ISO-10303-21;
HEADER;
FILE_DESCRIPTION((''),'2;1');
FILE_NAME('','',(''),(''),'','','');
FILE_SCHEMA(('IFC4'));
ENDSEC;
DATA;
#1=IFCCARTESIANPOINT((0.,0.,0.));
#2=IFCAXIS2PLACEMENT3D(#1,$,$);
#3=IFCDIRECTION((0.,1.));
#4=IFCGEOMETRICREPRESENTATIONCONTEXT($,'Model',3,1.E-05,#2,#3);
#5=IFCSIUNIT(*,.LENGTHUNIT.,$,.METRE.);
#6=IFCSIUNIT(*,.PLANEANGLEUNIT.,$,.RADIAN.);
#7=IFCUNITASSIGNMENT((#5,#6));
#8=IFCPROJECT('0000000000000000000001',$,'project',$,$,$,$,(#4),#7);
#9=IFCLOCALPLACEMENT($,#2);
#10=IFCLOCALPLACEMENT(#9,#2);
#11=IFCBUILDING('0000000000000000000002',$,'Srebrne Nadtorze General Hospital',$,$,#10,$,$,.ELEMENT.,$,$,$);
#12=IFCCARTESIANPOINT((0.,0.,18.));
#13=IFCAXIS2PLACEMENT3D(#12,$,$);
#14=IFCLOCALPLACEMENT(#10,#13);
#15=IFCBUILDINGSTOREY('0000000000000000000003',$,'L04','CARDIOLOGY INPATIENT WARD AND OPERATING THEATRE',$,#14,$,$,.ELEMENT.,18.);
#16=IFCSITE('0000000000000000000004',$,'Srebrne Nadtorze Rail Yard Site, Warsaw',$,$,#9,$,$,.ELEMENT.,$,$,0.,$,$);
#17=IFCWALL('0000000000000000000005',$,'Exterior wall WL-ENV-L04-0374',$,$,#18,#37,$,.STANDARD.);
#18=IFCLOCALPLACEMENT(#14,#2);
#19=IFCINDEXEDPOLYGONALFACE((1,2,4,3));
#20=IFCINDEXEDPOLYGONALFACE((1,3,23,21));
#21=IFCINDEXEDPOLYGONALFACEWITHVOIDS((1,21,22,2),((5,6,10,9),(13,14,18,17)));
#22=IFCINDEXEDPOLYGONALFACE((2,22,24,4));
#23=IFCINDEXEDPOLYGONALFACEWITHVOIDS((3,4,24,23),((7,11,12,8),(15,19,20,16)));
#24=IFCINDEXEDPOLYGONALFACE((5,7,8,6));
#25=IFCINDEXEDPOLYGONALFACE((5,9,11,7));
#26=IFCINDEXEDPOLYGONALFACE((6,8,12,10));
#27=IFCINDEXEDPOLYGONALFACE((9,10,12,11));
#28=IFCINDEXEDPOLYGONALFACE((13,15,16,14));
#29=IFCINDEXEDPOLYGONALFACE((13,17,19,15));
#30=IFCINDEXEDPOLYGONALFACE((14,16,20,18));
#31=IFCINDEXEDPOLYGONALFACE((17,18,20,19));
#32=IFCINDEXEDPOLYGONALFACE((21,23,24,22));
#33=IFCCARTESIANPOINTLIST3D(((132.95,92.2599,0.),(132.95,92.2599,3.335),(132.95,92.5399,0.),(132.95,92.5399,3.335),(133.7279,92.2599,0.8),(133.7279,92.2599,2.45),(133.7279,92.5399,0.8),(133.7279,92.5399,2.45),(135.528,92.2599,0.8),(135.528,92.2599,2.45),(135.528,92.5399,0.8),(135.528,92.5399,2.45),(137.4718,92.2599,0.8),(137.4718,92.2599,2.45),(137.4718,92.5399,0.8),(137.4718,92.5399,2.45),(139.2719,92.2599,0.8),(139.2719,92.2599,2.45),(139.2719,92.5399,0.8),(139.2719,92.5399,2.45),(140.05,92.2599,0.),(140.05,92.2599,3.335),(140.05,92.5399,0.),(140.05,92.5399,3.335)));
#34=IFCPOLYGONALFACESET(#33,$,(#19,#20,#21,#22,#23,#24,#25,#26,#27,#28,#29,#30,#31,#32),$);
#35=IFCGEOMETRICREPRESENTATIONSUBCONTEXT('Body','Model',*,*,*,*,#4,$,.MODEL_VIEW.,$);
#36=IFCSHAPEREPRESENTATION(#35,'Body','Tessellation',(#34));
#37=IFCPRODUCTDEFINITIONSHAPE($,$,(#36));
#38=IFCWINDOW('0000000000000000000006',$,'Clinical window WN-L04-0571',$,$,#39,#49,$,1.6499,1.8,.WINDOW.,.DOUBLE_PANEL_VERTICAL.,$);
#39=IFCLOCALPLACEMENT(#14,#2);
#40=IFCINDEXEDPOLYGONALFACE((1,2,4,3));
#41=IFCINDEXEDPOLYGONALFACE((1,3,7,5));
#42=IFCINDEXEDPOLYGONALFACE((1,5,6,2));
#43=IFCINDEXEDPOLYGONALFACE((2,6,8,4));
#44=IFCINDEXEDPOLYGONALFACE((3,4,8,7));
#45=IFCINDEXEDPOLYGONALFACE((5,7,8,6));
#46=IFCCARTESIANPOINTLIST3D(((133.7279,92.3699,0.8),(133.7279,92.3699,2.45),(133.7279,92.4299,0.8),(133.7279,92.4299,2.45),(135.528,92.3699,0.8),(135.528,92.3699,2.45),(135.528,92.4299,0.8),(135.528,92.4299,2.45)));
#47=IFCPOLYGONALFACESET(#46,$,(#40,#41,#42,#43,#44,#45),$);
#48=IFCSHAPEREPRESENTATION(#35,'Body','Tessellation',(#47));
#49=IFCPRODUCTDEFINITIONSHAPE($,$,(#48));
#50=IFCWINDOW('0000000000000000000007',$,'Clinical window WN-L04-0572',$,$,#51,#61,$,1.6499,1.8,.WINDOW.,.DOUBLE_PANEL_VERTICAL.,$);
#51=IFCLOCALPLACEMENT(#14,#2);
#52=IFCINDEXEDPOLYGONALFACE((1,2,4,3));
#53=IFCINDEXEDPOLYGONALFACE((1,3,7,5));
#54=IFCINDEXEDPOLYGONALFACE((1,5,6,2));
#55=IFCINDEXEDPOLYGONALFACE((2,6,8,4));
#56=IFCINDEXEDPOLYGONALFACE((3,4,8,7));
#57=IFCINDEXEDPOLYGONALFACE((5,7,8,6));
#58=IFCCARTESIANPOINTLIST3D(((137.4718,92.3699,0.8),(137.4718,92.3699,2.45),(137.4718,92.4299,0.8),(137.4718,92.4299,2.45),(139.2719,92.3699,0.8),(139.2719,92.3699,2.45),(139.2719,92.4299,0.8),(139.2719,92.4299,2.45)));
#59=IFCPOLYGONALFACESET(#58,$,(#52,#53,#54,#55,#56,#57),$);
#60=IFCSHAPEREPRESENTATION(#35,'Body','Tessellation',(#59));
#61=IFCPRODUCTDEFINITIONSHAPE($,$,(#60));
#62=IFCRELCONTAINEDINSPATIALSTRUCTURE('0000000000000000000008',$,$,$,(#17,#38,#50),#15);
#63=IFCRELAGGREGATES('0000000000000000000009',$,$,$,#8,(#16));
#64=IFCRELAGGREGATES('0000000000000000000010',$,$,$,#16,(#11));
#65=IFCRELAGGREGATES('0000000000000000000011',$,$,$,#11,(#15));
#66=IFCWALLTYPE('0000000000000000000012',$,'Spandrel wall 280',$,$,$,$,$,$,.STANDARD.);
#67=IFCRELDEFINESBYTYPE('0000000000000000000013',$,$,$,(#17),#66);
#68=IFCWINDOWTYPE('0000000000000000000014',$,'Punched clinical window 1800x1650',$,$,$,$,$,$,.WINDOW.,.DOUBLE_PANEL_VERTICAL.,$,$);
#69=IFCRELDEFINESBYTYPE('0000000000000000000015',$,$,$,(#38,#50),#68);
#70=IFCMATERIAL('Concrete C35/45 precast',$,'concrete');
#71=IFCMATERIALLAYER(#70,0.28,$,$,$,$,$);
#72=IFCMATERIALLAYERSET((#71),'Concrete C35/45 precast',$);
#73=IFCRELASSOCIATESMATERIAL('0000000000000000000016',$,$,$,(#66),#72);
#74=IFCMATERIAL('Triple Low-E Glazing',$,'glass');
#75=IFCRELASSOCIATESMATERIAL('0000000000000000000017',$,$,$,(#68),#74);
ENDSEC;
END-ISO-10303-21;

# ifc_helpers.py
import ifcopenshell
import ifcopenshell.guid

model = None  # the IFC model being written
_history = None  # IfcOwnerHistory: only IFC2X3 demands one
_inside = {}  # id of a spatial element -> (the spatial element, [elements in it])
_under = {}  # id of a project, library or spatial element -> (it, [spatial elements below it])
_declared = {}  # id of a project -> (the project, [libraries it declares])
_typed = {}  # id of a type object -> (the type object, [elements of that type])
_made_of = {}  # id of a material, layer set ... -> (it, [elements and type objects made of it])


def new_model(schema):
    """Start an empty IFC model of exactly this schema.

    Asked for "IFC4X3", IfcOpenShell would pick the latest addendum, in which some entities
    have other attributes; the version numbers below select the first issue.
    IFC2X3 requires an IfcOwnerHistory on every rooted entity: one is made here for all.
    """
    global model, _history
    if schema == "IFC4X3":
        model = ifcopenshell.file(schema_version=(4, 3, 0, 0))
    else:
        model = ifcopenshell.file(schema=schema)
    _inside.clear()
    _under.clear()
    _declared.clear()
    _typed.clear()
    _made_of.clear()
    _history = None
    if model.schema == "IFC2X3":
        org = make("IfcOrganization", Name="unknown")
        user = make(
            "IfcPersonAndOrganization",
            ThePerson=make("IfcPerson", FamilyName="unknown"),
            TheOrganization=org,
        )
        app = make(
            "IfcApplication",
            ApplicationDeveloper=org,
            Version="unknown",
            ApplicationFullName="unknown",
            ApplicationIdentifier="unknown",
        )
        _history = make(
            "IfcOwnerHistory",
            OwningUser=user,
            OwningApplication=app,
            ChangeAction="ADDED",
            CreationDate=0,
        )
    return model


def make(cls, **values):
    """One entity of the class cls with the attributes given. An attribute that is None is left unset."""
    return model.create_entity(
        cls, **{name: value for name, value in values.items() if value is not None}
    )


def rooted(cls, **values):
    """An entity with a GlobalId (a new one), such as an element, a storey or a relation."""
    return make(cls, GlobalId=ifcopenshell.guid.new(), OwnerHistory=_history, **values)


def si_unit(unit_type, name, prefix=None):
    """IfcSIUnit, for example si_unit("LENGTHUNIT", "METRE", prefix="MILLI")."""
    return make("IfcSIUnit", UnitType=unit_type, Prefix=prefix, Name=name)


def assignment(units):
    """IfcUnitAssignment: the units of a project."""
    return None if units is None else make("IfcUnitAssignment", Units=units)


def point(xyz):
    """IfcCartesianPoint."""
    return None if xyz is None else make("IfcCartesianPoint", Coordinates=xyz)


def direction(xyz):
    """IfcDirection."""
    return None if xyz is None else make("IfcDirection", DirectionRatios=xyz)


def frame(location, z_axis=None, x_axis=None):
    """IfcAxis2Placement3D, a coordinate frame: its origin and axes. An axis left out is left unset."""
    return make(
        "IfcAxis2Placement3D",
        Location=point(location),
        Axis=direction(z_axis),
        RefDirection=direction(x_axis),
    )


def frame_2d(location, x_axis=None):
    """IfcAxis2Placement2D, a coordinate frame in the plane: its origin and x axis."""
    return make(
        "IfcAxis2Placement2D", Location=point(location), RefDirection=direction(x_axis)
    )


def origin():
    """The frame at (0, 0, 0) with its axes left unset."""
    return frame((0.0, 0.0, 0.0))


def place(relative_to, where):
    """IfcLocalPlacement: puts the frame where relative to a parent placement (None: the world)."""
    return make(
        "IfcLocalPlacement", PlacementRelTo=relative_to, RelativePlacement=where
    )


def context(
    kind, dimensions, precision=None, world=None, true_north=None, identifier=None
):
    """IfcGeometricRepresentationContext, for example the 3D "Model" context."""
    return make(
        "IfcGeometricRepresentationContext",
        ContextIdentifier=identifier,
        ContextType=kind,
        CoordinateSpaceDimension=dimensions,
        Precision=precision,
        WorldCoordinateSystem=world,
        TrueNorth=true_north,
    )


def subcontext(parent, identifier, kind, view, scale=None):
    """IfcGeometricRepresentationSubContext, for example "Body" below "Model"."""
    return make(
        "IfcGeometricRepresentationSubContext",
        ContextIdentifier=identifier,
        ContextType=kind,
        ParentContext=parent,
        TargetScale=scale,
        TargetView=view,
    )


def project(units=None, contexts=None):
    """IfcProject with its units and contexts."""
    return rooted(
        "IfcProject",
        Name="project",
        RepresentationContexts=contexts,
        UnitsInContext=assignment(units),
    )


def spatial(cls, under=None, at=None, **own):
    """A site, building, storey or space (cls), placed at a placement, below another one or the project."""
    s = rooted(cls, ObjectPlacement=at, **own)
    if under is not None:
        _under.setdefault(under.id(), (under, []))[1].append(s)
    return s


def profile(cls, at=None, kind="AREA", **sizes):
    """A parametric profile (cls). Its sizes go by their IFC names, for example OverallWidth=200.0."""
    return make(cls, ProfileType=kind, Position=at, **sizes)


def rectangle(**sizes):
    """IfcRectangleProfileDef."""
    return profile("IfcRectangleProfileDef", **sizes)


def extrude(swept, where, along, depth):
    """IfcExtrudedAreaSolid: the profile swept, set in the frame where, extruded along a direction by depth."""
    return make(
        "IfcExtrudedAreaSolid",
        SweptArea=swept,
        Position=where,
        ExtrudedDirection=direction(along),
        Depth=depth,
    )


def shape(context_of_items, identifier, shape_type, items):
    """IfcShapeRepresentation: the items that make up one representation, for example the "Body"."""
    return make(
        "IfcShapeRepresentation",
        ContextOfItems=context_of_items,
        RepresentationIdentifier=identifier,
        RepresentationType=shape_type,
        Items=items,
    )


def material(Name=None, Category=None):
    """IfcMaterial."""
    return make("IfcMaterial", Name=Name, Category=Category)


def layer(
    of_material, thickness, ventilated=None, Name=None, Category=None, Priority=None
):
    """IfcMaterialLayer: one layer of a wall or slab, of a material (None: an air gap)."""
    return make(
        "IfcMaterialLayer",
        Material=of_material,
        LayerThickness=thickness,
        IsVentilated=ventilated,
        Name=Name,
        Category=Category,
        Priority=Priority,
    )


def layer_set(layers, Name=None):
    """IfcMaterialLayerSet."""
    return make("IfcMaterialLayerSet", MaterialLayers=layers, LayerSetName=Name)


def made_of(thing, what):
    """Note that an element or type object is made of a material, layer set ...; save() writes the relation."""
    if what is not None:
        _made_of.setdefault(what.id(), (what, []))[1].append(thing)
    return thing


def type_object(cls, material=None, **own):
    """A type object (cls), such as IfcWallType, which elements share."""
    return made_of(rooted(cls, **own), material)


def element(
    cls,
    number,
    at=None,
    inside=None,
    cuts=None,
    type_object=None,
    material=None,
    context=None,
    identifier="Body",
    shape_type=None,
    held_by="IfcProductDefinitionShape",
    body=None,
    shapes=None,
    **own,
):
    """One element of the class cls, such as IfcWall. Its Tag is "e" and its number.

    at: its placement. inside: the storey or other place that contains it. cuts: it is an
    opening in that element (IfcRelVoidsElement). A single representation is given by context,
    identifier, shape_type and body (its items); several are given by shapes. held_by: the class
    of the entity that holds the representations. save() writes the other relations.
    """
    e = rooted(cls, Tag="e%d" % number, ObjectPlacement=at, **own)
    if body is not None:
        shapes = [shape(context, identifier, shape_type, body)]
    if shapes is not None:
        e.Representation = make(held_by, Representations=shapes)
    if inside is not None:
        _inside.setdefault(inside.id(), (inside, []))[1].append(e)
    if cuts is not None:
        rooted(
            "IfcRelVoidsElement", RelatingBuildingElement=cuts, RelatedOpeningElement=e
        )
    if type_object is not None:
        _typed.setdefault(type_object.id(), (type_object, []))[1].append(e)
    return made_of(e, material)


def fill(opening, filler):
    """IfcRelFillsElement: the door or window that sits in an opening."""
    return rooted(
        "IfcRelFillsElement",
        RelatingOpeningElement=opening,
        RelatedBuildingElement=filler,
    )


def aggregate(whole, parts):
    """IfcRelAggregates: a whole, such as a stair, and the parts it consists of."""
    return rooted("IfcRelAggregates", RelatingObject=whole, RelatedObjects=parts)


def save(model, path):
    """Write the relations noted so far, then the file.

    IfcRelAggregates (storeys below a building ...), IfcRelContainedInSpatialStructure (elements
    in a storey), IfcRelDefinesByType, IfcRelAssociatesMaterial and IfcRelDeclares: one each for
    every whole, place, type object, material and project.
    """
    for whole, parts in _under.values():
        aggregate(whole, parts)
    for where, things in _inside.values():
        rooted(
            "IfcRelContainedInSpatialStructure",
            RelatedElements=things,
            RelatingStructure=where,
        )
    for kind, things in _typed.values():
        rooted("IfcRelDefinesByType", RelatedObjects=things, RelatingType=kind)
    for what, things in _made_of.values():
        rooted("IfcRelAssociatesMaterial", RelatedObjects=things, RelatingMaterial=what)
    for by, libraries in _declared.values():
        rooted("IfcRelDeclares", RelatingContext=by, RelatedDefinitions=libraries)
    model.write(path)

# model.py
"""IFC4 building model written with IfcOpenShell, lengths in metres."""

from ifc_helpers import new_model, si_unit, direction, frame, frame_2d, origin, place, context, subcontext, project, spatial, rectangle, extrude, material, layer, layer_set, type_object, element, fill, save


model = new_model("IFC4")

# Units and contexts
model_context = context("Model", 3, precision=1e-05, world=origin(), true_north=direction((0.0, 1.0)))
body_context = subcontext(model_context, "Body", "Model", "MODEL_VIEW")
ifc_project = project(units=[si_unit("LENGTHUNIT", "METRE"), si_unit("PLANEANGLEUNIT", "RADIAN")], contexts=[model_context])

# Site, building, storey
site_placement = place(None, origin())
site = spatial("IfcSite", under=ifc_project, at=site_placement, Name="Srebrne Nadtorze Rail Yard Site, Warsaw", CompositionType="ELEMENT", RefElevation=0.0)
building_placement = place(site_placement, origin())
building = spatial("IfcBuilding", under=site, at=building_placement, Name="Srebrne Nadtorze General Hospital", CompositionType="ELEMENT")
storey_placement = place(building_placement, frame((0.0, 0.0, 18.0)))
storey = spatial("IfcBuildingStorey", under=building, at=storey_placement, Name="L04", Description="CARDIOLOGY INPATIENT WARD AND OPERATING THEATRE", CompositionType="ELEMENT", Elevation=18.0)

# Wall, openings, windows
ifc_material_1 = material(Name="Concrete C35/45 precast", Category="concrete")
ifc_layer_1 = layer(ifc_material_1, 0.28)
ifc_layer_set_1 = layer_set([ifc_layer_1], Name="Concrete C35/45 precast")
wall_type_1 = type_object("IfcWallType", Name="Spandrel wall 280", PredefinedType="STANDARD", material=ifc_layer_set_1)
wall_1_placement = place(storey_placement, frame((132.95, 92.3999, 0.0), z_axis=(0.0, 0.0, 1.0), x_axis=(1.0, 0.0, 0.0)))
wall_1 = element("IfcWall", 1, at=wall_1_placement, inside=storey, type_object=wall_type_1, Name="Exterior wall WL-ENV-L04-0374", PredefinedType="STANDARD", context=body_context, shape_type="SweptSolid", body=[
    extrude(rectangle(XDim=7.1001, YDim=0.28, at=frame_2d((3.55, 0.0))), origin(), (0.0, 0.0, 1.0), 3.335),
])
opening_1_placement = place(wall_1_placement, frame((0.7781, 0.0, 0.8)))
opening_1 = element("IfcOpeningElement", 2, at=opening_1_placement, cuts=wall_1, PredefinedType="OPENING", context=body_context, shape_type="SweptSolid", body=[
    extrude(rectangle(XDim=1.8, YDim=1.6499, at=frame_2d((0.8999, 0.825))), frame((0.0, 0.1519, 0.0), z_axis=(0.0, -1.0, 0.0), x_axis=(1.0, 0.0, 0.0)), (0.0, 0.0, 1.0), 0.304),
])
opening_2_placement = place(wall_1_placement, frame((4.522, 0.0, 0.8)))
opening_2 = element("IfcOpeningElement", 3, at=opening_2_placement, cuts=wall_1, PredefinedType="OPENING", context=body_context, shape_type="SweptSolid", body=[
    extrude(rectangle(XDim=1.8, YDim=1.6499, at=frame_2d((0.8999, 0.825))), frame((0.0, 0.1519, 0.0), z_axis=(0.0, -1.0, 0.0), x_axis=(1.0, 0.0, 0.0)), (0.0, 0.0, 1.0), 0.304),
])
ifc_material_2 = material(Name="Triple Low-E Glazing", Category="glass")
window_type = type_object("IfcWindowType", Name="Punched clinical window 1800x1650", PartitioningType="DOUBLE_PANEL_VERTICAL", PredefinedType="WINDOW", material=ifc_material_2)
window_1_placement = place(opening_1_placement, origin())
window_1 = element("IfcWindow", 4, at=window_1_placement, inside=storey, type_object=window_type, Name="Clinical window WN-L04-0571", OverallHeight=1.6499, OverallWidth=1.8, PartitioningType="DOUBLE_PANEL_VERTICAL", PredefinedType="WINDOW", context=body_context, shape_type="SweptSolid", body=[
    extrude(rectangle(XDim=1.8, YDim=1.6499, at=frame_2d((0.8999, 0.825))), frame((0.0, 0.03, 0.0), z_axis=(0.0, -1.0, 0.0), x_axis=(1.0, 0.0, 0.0)), (0.0, 0.0, 1.0), 0.0601),
])
fill(opening_1, window_1)
window_2_placement = place(opening_2_placement, origin())
window_2 = element("IfcWindow", 5, at=window_2_placement, inside=storey, type_object=window_type, Name="Clinical window WN-L04-0572", OverallHeight=1.6499, OverallWidth=1.8, PartitioningType="DOUBLE_PANEL_VERTICAL", PredefinedType="WINDOW", context=body_context, shape_type="SweptSolid", body=[
    extrude(rectangle(XDim=1.8, YDim=1.6499, at=frame_2d((0.8999, 0.825))), frame((0.0, 0.03, 0.0), z_axis=(0.0, -1.0, 0.0), x_axis=(1.0, 0.0, 0.0)), (0.0, 0.0, 1.0), 0.0601),
])
fill(opening_2, window_2)

save(model, "model.ifc")
